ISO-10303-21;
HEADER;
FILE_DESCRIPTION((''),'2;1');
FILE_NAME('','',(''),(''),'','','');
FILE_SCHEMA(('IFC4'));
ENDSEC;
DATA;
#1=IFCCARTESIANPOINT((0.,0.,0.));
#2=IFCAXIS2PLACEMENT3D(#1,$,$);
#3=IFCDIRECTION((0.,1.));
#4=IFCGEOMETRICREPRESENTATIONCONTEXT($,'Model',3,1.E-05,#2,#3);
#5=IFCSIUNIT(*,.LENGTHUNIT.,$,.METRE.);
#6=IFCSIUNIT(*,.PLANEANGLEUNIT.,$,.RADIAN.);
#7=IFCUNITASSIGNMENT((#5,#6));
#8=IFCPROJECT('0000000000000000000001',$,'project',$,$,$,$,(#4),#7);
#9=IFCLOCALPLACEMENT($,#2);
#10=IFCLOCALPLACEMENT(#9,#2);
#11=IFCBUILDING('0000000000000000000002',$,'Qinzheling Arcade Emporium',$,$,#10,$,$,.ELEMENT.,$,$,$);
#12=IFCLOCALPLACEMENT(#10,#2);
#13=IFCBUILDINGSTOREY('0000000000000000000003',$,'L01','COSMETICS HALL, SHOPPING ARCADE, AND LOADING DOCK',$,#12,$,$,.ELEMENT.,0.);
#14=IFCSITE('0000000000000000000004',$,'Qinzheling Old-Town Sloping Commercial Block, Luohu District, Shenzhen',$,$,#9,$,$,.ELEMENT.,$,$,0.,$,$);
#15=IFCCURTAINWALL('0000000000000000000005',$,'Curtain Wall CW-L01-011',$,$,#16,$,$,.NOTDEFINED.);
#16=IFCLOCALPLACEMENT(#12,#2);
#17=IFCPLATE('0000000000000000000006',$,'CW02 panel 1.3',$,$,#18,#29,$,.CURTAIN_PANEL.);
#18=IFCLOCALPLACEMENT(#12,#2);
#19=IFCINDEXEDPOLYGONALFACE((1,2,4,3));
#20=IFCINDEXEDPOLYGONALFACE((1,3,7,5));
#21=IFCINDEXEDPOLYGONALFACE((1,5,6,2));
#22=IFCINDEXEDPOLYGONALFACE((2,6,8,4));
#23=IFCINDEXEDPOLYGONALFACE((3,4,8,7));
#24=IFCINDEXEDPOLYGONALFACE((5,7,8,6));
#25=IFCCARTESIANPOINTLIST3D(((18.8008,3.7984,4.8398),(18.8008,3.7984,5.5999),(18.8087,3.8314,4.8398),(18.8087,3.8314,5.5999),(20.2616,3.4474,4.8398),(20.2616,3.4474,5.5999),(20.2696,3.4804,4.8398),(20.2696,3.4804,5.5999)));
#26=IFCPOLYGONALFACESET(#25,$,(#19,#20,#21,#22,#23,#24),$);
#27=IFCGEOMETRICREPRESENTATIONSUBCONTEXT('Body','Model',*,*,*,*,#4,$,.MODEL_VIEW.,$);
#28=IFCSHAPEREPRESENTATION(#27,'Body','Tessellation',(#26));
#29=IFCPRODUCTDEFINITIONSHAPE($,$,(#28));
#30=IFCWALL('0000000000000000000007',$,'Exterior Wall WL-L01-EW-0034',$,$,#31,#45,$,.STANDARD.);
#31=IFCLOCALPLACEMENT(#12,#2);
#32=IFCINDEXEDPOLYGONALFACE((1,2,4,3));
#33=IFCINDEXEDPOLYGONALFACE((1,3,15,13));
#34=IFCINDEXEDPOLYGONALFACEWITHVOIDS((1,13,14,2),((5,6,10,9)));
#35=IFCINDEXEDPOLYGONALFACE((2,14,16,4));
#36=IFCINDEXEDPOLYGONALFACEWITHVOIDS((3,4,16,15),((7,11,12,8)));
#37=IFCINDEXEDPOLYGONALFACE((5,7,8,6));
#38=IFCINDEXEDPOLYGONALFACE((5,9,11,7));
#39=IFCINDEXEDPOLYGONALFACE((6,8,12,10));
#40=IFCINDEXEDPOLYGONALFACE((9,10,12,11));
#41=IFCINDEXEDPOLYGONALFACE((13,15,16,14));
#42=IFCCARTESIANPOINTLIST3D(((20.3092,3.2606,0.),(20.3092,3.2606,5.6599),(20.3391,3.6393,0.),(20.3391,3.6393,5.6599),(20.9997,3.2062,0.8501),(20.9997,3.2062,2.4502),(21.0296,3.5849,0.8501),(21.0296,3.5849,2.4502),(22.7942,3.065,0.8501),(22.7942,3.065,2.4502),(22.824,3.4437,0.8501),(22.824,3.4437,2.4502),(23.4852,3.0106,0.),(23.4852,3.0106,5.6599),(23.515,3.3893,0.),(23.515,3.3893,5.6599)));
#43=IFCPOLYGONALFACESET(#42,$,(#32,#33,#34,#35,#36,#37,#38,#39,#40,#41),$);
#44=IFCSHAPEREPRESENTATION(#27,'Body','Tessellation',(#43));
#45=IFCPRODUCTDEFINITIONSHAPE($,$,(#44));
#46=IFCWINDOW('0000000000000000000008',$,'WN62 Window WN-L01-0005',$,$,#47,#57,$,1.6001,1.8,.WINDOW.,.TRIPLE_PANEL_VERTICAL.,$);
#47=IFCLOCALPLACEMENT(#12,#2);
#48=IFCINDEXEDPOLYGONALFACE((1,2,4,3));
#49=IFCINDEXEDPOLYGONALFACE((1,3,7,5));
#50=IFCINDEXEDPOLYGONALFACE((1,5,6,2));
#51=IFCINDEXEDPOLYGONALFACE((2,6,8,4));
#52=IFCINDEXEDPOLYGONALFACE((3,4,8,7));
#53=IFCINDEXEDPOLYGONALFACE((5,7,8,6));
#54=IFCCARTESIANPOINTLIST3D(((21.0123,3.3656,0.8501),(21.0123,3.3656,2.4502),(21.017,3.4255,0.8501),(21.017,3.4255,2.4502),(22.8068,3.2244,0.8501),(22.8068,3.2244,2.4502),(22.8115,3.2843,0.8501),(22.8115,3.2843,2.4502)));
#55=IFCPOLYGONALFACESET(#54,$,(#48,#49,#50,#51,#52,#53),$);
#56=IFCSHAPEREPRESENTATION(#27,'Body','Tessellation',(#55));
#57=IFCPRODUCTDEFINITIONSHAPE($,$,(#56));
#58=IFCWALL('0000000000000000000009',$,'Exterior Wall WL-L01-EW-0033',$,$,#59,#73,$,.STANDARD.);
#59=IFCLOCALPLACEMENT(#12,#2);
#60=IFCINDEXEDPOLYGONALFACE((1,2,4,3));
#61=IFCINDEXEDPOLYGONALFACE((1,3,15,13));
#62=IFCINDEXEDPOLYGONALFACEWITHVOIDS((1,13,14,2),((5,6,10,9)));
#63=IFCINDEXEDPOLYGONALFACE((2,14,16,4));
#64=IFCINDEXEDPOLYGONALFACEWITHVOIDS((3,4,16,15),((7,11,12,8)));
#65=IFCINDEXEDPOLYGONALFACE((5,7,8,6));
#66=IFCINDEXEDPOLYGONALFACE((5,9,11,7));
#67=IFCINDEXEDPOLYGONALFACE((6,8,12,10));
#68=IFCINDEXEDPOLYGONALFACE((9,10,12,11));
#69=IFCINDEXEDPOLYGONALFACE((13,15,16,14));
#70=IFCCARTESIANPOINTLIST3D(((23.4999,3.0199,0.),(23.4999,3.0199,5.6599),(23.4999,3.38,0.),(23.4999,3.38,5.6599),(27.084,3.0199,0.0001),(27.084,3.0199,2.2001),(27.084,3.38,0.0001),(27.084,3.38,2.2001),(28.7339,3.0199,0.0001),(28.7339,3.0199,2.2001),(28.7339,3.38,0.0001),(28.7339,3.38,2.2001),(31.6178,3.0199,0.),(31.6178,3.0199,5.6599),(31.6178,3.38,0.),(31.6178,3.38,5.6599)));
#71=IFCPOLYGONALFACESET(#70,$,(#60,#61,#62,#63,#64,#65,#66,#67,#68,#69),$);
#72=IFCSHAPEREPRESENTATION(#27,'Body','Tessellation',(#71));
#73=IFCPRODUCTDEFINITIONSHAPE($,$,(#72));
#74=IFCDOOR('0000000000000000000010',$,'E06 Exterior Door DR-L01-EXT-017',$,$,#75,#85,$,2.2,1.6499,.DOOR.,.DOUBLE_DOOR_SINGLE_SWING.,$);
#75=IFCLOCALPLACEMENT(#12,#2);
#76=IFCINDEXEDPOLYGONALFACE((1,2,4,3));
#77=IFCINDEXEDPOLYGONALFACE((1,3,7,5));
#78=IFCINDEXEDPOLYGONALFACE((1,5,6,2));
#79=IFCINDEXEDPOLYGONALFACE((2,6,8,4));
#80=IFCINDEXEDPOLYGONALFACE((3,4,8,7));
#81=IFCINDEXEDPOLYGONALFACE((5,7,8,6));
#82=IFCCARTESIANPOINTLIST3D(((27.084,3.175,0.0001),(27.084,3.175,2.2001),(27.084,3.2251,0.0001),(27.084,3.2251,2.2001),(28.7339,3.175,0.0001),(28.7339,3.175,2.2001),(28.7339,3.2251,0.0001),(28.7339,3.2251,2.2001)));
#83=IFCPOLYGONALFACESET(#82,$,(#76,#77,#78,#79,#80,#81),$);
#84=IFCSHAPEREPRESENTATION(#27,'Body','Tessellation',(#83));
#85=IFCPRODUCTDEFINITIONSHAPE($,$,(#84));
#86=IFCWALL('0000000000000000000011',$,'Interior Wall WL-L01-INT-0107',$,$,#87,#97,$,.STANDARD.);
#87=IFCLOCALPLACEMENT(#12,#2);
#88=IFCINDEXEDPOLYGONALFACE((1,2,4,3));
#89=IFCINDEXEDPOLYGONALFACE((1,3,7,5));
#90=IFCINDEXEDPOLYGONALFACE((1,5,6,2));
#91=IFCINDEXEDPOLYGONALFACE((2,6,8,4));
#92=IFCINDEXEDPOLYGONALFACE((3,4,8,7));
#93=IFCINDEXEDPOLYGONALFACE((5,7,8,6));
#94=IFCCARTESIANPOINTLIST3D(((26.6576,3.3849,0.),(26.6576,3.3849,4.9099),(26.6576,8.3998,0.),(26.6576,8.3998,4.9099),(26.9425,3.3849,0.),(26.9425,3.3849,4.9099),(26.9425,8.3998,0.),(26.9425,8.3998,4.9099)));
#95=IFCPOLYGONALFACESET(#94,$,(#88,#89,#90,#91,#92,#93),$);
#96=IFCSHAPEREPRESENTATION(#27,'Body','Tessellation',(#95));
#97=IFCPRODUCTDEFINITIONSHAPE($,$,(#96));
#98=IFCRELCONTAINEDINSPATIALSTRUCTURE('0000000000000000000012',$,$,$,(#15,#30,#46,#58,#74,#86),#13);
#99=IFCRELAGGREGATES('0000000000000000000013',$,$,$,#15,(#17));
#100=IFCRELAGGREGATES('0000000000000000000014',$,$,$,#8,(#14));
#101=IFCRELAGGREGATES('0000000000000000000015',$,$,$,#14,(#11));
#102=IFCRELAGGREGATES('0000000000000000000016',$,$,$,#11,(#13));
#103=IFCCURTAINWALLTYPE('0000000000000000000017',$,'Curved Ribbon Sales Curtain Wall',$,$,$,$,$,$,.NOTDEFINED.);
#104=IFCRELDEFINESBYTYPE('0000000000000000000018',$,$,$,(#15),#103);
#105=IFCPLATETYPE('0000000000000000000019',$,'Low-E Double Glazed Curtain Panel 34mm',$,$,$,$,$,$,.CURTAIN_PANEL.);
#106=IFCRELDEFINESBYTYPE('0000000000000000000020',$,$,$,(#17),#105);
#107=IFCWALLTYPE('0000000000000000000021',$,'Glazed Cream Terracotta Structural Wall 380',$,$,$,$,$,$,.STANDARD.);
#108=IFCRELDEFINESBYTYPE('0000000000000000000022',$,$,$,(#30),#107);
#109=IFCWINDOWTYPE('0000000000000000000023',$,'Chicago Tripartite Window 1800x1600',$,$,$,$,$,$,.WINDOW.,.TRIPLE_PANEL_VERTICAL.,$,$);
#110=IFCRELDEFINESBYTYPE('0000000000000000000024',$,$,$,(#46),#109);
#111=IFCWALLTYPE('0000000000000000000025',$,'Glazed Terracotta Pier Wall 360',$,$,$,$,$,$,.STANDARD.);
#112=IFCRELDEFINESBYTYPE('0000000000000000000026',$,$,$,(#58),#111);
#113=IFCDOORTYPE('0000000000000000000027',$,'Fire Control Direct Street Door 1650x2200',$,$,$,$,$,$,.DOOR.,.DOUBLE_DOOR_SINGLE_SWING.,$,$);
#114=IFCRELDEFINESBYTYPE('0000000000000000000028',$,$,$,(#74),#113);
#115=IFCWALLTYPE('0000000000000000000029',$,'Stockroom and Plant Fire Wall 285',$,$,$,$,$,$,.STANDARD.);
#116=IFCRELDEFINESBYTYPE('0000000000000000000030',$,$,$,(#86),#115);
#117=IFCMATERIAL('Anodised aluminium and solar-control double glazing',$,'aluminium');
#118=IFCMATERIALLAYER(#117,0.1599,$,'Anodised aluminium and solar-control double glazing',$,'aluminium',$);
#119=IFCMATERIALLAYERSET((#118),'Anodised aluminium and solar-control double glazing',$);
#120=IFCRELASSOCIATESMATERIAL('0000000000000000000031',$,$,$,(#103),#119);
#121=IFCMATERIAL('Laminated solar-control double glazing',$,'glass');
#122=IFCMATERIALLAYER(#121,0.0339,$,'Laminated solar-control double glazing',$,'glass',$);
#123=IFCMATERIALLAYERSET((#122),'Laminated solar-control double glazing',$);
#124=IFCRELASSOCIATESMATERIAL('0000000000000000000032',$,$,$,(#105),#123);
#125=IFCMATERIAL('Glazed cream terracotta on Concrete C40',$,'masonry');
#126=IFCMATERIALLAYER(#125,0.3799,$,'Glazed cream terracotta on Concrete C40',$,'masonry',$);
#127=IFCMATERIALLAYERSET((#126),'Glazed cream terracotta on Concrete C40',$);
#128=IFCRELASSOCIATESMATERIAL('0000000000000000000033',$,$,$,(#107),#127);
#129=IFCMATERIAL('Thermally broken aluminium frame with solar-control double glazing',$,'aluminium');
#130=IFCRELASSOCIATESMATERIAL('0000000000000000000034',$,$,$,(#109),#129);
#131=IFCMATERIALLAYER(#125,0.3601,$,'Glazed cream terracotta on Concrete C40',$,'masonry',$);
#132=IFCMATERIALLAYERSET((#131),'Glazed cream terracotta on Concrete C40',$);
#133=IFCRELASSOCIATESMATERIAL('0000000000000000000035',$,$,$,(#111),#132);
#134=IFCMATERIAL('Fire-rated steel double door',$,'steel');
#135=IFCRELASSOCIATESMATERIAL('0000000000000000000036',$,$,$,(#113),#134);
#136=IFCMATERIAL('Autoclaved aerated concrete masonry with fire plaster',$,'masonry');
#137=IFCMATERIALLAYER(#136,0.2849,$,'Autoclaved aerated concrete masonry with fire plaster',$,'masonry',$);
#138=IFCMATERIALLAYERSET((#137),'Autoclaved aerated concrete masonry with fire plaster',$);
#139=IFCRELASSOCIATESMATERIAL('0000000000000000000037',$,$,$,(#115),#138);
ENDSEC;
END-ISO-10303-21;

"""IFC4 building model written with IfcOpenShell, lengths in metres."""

from ifc_helpers import new_model, si_unit, direction, frame, frame_2d, origin, origin_2d, place, context, subcontext, project, spatial, rectangle, extrude, material, layer, layer_set, type_object, element, fill, aggregate, save


model = new_model("IFC4")

# Units and contexts
model_context = context("Model", 3, precision=1e-05, world=origin(), true_north=direction((0.0, 1.0)))
body_context = subcontext(model_context, "Body", "Model", "MODEL_VIEW")
ifc_project = project(units=[si_unit("LENGTHUNIT", "METRE"), si_unit("PLANEANGLEUNIT", "RADIAN")], contexts=[model_context])

# Site, building, storey
site_placement = place(None, origin())
site = spatial("IfcSite", under=ifc_project, at=site_placement, Name="Qinzheling Old-Town Sloping Commercial Block, Luohu District, Shenzhen", CompositionType="ELEMENT", RefElevation=0.0)
building_placement = place(site_placement, origin())
building = spatial("IfcBuilding", under=site, at=building_placement, Name="Qinzheling Arcade Emporium", CompositionType="ELEMENT")
storey_placement = place(building_placement, origin())
storey = spatial("IfcBuildingStorey", under=building, at=storey_placement, Name="L01", Description="COSMETICS HALL, SHOPPING ARCADE, AND LOADING DOCK", CompositionType="ELEMENT", Elevation=0.0)

# Curtain wall
ifc_material_1 = material(Name="Anodised aluminium and solar-control double glazing", Category="aluminium")
ifc_layer_1 = layer(ifc_material_1, 0.1599, Name="Anodised aluminium and solar-control double glazing", Category="aluminium")
ifc_layer_set_1 = layer_set([ifc_layer_1], Name="Anodised aluminium and solar-control double glazing")
curtain_wall_type = type_object("IfcCurtainWallType", Name="Curved Ribbon Sales Curtain Wall", PredefinedType="NOTDEFINED", material=ifc_layer_set_1)
curtain_wall_placement = place(storey_placement, origin())
curtain_wall = element("IfcCurtainWall", 1, at=curtain_wall_placement, inside=storey, type_object=curtain_wall_type, Name="Curtain Wall CW-L01-011", PredefinedType="NOTDEFINED")

# Plate
ifc_material_2 = material(Name="Laminated solar-control double glazing", Category="glass")
ifc_layer_2 = layer(ifc_material_2, 0.0339, Name="Laminated solar-control double glazing", Category="glass")
ifc_layer_set_2 = layer_set([ifc_layer_2], Name="Laminated solar-control double glazing")
plate_type = type_object("IfcPlateType", Name="Low-E Double Glazed Curtain Panel 34mm", PredefinedType="CURTAIN_PANEL", material=ifc_layer_set_2)
plate_1_placement = place(storey_placement, frame((19.5352, 3.6394, 4.8398), z_axis=(0.0, 0.0, 1.0), x_axis=(-0.972336, 0.233587, 0.0)))
plate_1 = element("IfcPlate", 2, at=plate_1_placement, type_object=plate_type, Name="CW02 panel 1.3", PredefinedType="CURTAIN_PANEL", context=body_context, shape_type="SweptSolid", body=[
    extrude(rectangle(XDim=1.5024, YDim=0.0339, at=origin_2d()), origin(), (0.0, 0.0, 1.0), 0.76),
])
aggregate(curtain_wall, [plate_1])

# Wall, opening, window
ifc_material_3 = material(Name="Glazed cream terracotta on Concrete C40", Category="masonry")
ifc_layer_3 = layer(ifc_material_3, 0.3799, Name="Glazed cream terracotta on Concrete C40", Category="masonry")
ifc_layer_set_3 = layer_set([ifc_layer_3], Name="Glazed cream terracotta on Concrete C40")
wall_type_1 = type_object("IfcWallType", Name="Glazed Cream Terracotta Structural Wall 380", PredefinedType="STANDARD", material=ifc_layer_set_3)
wall_1_placement = place(storey_placement, frame((23.5, 3.2, 0.0), z_axis=(0.0, 0.0, 1.0), x_axis=(-0.996916, 0.078472, 0.0)))
wall_1 = element("IfcWall", 3, at=wall_1_placement, inside=storey, type_object=wall_type_1, Name="Exterior Wall WL-L01-EW-0034", PredefinedType="STANDARD", context=body_context, shape_type="SweptSolid", body=[
    extrude(rectangle(XDim=3.1858, YDim=0.3799, at=frame_2d((1.5928, 0.0))), origin(), (0.0, 0.0, 1.0), 5.6599),
])
opening_1_placement = place(wall_1_placement, frame((0.6931, 0.0, 0.8501)))
opening_1 = element("IfcOpeningElement", 4, at=opening_1_placement, cuts=wall_1, PredefinedType="OPENING", context=body_context, shape_type="SweptSolid", body=[
    extrude(rectangle(XDim=1.8, YDim=1.6001, at=frame_2d((0.8999, 0.8))), frame((0.0, 0.2, 0.0), z_axis=(0.0, -1.0, 0.0), x_axis=(1.0, 0.0, 0.0)), (0.0, 0.0, 1.0), 0.3999),
])
ifc_material_4 = material(Name="Thermally broken aluminium frame with solar-control double glazing", Category="aluminium")
window_type = type_object("IfcWindowType", Name="Chicago Tripartite Window 1800x1600", PartitioningType="TRIPLE_PANEL_VERTICAL", PredefinedType="WINDOW", material=ifc_material_4)
window_placement = place(opening_1_placement, origin())
window = element("IfcWindow", 5, at=window_placement, inside=storey, type_object=window_type, Name="WN62 Window WN-L01-0005", OverallHeight=1.6001, OverallWidth=1.8, PartitioningType="TRIPLE_PANEL_VERTICAL", PredefinedType="WINDOW", context=body_context, shape_type="SweptSolid", body=[
    extrude(rectangle(XDim=1.8, YDim=1.6001, at=frame_2d((0.8999, 0.8))), frame((0.0, 0.03, 0.0), z_axis=(0.0, -1.0, 0.0), x_axis=(1.0, 0.0, 0.0)), (0.0, 0.0, 1.0), 0.0601),
])
fill(opening_1, window)

# Wall, opening, door
ifc_layer_4 = layer(ifc_material_3, 0.3601, Name="Glazed cream terracotta on Concrete C40", Category="masonry")
ifc_layer_set_4 = layer_set([ifc_layer_4], Name="Glazed cream terracotta on Concrete C40")
wall_type_2 = type_object("IfcWallType", Name="Glazed Terracotta Pier Wall 360", PredefinedType="STANDARD", material=ifc_layer_set_4)
wall_2_placement = place(storey_placement, frame((31.6179, 3.2, 0.0), z_axis=(0.0, 0.0, 1.0), x_axis=(-1.0, 0.0, 0.0)))
wall_2 = element("IfcWall", 6, at=wall_2_placement, inside=storey, type_object=wall_type_2, Name="Exterior Wall WL-L01-EW-0033", PredefinedType="STANDARD", context=body_context, shape_type="SweptSolid", body=[
    extrude(rectangle(XDim=8.1179, YDim=0.3601, at=frame_2d((4.0591, 0.0))), origin(), (0.0, 0.0, 1.0), 5.6599),
])
opening_2_placement = place(wall_2_placement, frame((2.884, 0.0, 0.0)))
opening_2 = element("IfcOpeningElement", 7, at=opening_2_placement, cuts=wall_2, PredefinedType="OPENING", context=body_context, shape_type="SweptSolid", body=[
    extrude(rectangle(XDim=1.6499, YDim=2.2, at=frame_2d((0.825, 1.1001))), frame((0.0, 0.1899, 0.0), z_axis=(0.0, -1.0, 0.0), x_axis=(1.0, 0.0, 0.0)), (0.0, 0.0, 1.0), 0.3801),
])
ifc_material_5 = material(Name="Fire-rated steel double door", Category="steel")
door_type = type_object("IfcDoorType", Name="Fire Control Direct Street Door 1650x2200", OperationType="DOUBLE_DOOR_SINGLE_SWING", PredefinedType="DOOR", material=ifc_material_5)
door_placement = place(opening_2_placement, origin())
door = element("IfcDoor", 8, at=door_placement, inside=storey, type_object=door_type, Name="E06 Exterior Door DR-L01-EXT-017", OperationType="DOUBLE_DOOR_SINGLE_SWING", OverallHeight=2.2, OverallWidth=1.6499, PredefinedType="DOOR", context=body_context, shape_type="SweptSolid", body=[
    extrude(rectangle(XDim=1.6499, YDim=2.2, at=frame_2d((0.825, 1.1001))), frame((0.0, 0.0249, 0.0), z_axis=(0.0, -1.0, 0.0), x_axis=(1.0, 0.0, 0.0)), (0.0, 0.0, 1.0), 0.05),
])
fill(opening_2, door)

# Wall
ifc_material_6 = material(Name="Autoclaved aerated concrete masonry with fire plaster", Category="masonry")
ifc_layer_5 = layer(ifc_material_6, 0.2849, Name="Autoclaved aerated concrete masonry with fire plaster", Category="masonry")
ifc_layer_set_5 = layer_set([ifc_layer_5], Name="Autoclaved aerated concrete masonry with fire plaster")
wall_type_3 = type_object("IfcWallType", Name="Stockroom and Plant Fire Wall 285", PredefinedType="STANDARD", material=ifc_layer_set_5)
wall_3_placement = place(storey_placement, frame((26.8, 3.385, 0.0), z_axis=(0.0, 0.0, 1.0), x_axis=(0.0, 1.0, 0.0)))
element("IfcWall", 9, at=wall_3_placement, inside=storey, type_object=wall_type_3, Name="Interior Wall WL-L01-INT-0107", PredefinedType="STANDARD", context=body_context, shape_type="SweptSolid", body=[
    extrude(rectangle(XDim=5.0149, YDim=0.2849, at=frame_2d((2.5073, 0.0))), origin(), (0.0, 0.0, 1.0), 4.9099),
])

save(model, "model.ifc")
